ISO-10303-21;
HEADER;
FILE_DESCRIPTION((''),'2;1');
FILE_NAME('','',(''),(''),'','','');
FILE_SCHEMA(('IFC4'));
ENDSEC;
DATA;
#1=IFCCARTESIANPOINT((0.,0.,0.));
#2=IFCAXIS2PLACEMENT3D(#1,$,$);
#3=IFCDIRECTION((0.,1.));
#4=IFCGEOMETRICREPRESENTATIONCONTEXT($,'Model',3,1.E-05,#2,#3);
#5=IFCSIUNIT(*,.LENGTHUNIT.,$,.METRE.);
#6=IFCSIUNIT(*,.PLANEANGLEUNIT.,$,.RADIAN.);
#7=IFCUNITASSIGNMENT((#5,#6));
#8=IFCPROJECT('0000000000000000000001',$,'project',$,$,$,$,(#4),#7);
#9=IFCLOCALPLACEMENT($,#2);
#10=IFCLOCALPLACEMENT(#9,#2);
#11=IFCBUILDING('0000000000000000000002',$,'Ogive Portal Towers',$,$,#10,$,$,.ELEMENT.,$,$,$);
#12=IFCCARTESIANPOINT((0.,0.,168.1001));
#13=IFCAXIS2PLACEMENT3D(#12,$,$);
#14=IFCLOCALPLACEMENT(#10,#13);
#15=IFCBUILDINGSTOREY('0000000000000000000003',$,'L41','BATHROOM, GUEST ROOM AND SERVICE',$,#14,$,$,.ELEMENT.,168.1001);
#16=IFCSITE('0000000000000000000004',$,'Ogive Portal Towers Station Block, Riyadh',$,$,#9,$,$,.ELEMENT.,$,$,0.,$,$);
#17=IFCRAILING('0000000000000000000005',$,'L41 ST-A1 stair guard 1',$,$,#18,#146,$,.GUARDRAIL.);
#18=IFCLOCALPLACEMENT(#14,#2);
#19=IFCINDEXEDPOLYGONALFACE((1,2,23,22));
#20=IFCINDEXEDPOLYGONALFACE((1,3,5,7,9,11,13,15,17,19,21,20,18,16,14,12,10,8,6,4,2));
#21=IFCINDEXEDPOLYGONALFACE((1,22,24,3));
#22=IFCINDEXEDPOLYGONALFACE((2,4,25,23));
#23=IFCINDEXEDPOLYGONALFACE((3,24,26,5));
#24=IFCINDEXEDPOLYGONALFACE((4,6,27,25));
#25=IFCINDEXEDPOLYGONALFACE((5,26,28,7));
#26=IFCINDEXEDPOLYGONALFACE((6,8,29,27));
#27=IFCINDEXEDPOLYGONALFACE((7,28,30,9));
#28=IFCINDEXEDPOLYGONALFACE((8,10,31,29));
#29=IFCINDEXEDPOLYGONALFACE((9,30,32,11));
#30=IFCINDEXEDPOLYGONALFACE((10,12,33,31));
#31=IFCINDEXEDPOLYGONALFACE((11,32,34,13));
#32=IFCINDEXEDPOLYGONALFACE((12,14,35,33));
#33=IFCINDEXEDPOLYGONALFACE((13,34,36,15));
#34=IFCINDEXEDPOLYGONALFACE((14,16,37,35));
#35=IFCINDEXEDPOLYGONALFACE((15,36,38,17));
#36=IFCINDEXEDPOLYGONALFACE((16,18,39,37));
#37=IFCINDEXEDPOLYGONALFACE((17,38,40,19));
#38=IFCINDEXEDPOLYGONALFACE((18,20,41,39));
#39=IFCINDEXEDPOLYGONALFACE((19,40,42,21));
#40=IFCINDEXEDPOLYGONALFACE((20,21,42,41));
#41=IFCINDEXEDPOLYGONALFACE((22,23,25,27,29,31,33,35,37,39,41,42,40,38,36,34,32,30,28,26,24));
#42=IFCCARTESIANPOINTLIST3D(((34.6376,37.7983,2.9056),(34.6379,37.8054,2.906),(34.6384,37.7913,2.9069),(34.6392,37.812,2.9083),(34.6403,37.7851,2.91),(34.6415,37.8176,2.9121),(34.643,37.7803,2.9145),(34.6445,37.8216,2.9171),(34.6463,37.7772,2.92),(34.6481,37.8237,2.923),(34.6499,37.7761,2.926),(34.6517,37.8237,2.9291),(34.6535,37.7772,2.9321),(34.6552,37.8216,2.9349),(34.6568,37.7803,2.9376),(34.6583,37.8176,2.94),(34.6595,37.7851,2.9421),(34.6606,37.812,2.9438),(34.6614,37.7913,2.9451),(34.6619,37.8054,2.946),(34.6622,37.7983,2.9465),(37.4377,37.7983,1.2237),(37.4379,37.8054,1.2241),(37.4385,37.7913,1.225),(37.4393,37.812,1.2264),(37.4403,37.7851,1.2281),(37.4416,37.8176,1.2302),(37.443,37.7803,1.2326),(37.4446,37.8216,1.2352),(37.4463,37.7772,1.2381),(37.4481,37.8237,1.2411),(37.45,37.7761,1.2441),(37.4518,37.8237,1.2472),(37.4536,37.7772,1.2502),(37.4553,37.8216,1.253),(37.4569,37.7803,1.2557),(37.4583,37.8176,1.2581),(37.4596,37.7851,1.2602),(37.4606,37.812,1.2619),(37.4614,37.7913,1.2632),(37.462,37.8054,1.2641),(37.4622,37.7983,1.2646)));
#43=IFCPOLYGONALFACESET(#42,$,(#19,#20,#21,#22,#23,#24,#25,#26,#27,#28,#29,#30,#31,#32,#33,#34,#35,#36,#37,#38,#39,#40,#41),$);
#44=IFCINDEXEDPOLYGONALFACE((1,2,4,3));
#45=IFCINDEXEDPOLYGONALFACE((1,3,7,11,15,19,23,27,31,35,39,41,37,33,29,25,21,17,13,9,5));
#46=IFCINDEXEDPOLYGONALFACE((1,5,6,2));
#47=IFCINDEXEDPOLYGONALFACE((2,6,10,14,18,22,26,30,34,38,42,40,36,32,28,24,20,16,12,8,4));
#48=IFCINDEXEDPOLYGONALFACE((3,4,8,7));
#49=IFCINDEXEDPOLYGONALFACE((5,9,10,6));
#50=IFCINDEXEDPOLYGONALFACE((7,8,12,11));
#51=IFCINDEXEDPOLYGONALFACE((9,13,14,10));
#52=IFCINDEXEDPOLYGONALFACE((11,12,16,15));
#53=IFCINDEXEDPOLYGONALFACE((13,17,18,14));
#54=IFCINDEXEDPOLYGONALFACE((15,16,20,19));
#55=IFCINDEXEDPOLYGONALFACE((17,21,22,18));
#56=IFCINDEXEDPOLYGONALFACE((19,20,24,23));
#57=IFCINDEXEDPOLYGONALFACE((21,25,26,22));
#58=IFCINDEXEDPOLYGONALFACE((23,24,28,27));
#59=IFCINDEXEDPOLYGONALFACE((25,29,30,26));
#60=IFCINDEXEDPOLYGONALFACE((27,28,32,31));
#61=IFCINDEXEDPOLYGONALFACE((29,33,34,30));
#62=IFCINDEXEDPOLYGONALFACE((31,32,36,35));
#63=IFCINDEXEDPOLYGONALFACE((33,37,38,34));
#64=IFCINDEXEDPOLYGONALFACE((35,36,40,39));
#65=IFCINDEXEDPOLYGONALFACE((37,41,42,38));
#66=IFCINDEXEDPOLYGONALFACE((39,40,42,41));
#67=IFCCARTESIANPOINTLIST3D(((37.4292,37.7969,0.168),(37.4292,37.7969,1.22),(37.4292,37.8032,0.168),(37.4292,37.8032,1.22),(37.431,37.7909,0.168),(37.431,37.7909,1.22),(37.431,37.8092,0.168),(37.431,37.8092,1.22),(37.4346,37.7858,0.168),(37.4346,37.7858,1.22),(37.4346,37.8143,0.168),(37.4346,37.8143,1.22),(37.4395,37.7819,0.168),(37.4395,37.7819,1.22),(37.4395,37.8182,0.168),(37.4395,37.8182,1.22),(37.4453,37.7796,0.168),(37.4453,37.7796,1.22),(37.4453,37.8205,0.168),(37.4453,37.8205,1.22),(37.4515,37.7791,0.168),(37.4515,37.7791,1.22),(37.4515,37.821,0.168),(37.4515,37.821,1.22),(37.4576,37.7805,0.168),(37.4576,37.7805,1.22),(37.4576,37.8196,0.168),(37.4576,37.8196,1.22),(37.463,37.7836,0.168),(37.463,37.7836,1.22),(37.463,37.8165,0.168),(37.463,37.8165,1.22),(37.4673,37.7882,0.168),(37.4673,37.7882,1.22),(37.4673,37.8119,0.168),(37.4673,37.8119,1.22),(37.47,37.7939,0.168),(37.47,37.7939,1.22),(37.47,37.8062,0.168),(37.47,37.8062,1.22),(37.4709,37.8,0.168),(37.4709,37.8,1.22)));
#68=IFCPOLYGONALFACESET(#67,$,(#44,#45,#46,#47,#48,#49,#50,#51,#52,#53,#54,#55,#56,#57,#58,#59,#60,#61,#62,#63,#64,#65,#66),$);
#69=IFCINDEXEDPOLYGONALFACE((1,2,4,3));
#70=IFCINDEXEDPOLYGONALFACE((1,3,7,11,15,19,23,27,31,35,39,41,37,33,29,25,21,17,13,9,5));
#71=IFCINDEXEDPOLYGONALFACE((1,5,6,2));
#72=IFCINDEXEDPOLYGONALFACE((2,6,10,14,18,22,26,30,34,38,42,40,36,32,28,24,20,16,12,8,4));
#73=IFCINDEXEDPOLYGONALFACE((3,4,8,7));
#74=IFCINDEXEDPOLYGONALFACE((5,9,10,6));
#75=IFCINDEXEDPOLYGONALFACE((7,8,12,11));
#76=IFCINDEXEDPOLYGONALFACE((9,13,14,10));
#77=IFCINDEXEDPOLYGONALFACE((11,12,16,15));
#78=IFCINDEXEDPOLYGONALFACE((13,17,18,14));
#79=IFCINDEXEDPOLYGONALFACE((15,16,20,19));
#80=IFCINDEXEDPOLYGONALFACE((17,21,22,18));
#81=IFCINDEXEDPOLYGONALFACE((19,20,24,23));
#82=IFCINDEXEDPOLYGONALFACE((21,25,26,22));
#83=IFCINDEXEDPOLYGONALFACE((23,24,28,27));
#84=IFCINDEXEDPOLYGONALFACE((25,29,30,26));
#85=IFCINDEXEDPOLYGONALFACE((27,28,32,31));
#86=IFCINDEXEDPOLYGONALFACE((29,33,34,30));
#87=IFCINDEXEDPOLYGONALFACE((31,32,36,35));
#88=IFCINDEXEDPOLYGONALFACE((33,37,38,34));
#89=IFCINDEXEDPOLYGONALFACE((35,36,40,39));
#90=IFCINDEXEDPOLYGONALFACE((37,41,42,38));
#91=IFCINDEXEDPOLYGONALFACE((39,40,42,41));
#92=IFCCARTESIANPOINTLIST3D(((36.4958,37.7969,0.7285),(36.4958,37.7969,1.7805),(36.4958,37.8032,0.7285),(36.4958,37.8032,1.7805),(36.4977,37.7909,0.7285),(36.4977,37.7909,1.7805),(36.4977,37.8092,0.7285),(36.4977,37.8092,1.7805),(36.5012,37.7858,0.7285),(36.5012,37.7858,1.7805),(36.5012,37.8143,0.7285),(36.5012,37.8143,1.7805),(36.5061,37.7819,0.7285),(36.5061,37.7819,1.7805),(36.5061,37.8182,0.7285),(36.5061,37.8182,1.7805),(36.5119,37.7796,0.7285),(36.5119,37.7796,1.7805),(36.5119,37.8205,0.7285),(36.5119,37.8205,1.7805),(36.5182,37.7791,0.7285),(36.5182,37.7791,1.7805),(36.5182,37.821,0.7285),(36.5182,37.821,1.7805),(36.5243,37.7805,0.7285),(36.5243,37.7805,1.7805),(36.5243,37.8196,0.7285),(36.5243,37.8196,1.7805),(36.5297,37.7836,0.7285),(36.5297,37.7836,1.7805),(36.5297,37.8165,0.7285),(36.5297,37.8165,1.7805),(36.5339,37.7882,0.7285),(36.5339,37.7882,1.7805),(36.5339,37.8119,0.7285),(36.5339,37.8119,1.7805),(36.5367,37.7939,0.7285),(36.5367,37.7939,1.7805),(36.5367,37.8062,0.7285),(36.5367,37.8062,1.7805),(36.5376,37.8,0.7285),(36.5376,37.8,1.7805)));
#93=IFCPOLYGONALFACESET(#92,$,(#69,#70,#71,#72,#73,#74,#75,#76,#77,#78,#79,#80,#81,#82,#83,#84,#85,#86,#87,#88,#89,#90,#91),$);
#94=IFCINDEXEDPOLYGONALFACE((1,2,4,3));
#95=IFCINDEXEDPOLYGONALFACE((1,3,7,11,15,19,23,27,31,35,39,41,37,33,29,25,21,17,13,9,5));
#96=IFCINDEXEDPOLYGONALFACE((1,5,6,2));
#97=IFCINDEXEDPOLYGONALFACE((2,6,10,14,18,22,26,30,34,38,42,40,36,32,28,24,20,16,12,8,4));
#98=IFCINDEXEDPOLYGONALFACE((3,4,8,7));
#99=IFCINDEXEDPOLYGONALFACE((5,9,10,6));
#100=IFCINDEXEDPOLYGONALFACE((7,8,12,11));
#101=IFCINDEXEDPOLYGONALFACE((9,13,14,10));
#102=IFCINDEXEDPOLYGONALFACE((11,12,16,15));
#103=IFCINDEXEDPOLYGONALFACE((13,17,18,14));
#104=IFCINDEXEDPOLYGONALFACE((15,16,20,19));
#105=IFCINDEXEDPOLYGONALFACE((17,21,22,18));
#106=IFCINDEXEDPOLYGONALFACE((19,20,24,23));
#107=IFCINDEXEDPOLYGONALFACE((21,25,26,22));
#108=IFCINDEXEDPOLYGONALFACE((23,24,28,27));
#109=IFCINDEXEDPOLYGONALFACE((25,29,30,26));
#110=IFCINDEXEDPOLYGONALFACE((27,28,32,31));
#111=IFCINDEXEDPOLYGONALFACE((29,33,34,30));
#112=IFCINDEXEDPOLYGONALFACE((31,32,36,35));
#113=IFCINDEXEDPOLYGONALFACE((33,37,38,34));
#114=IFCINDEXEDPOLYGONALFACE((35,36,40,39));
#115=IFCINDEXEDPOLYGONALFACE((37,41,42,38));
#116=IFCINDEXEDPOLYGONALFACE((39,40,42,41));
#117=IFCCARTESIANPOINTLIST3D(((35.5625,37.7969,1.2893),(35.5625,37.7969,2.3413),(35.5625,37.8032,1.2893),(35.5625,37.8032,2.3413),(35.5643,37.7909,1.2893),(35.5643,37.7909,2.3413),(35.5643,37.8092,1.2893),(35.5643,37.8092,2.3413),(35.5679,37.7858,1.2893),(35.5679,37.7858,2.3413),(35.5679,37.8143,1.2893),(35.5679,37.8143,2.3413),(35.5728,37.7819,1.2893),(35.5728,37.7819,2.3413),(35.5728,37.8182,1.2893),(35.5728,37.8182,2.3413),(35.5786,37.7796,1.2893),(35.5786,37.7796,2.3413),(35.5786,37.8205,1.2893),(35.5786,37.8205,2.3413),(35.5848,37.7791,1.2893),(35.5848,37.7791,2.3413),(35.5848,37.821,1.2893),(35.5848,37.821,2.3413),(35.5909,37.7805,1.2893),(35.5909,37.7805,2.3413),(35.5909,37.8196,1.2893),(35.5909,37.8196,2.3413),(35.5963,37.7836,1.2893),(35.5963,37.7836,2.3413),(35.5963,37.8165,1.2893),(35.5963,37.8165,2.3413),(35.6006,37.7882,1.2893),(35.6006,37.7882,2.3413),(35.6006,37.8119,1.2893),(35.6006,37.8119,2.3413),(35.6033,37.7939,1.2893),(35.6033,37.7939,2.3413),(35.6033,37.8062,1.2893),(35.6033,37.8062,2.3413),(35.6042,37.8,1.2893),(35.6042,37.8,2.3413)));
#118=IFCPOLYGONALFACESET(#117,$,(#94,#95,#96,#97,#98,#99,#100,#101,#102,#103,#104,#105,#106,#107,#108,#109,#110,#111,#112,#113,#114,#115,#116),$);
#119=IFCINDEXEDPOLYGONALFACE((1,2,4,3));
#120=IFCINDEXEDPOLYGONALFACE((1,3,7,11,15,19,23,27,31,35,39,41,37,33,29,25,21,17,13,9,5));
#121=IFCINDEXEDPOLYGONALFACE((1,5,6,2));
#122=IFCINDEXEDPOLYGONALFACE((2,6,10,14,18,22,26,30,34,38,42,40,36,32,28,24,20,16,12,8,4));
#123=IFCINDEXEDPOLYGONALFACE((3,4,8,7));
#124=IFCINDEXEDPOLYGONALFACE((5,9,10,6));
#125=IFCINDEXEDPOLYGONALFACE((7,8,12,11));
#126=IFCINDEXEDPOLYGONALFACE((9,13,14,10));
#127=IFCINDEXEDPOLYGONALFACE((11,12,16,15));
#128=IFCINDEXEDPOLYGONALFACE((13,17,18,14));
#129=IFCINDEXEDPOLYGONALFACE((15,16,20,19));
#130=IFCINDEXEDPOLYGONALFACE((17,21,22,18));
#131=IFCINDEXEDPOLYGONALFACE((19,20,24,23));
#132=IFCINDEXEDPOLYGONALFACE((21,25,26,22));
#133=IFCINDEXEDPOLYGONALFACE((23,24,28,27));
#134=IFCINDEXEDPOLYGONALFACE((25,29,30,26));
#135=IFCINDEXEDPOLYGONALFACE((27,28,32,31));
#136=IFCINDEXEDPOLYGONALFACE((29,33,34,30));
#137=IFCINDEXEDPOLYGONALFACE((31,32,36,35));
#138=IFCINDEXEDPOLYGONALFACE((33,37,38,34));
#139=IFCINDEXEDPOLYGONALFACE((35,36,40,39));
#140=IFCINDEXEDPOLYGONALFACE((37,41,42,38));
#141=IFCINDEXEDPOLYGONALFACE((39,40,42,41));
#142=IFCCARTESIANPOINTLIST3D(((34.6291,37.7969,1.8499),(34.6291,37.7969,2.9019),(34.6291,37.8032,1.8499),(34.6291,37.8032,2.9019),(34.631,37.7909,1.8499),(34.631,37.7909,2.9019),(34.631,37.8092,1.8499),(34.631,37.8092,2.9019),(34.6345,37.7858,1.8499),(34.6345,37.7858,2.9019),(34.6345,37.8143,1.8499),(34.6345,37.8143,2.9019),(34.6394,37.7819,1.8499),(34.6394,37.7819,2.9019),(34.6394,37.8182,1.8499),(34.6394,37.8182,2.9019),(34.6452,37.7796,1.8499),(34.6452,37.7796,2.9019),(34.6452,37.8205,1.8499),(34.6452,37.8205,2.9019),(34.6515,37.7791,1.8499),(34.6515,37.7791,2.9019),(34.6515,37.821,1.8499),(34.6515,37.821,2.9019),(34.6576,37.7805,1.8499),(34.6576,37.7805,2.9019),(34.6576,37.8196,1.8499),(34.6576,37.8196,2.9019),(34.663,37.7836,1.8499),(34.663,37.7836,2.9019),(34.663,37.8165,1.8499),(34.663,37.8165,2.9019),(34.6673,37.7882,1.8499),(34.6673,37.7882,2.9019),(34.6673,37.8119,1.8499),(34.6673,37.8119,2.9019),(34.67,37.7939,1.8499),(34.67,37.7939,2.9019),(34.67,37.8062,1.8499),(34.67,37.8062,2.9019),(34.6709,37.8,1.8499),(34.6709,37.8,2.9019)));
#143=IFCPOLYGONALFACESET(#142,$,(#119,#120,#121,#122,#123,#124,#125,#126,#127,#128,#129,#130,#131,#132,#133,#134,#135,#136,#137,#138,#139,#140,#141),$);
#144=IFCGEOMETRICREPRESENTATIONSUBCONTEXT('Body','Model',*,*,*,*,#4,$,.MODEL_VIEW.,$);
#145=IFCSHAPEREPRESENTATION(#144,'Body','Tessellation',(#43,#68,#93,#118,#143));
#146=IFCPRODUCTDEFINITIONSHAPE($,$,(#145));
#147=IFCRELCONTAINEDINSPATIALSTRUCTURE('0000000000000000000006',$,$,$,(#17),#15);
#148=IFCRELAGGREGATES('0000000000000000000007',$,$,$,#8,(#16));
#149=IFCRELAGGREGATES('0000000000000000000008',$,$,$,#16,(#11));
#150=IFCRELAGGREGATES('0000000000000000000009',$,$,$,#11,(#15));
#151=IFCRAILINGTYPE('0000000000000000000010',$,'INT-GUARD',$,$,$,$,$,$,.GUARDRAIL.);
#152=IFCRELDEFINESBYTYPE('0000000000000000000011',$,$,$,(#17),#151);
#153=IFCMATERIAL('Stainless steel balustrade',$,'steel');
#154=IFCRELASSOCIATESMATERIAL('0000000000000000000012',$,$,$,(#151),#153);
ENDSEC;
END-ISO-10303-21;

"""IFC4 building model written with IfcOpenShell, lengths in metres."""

from ifc_helpers import new_model, si_unit, direction, frame, origin, origin_2d, place, context, subcontext, project, spatial, circle, extrude, material, type_object, element, save


model = new_model("IFC4")

# Units and contexts
model_context = context("Model", 3, precision=1e-05, world=origin(), true_north=direction((0.0, 1.0)))
body_context = subcontext(model_context, "Body", "Model", "MODEL_VIEW")
ifc_project = project(units=[si_unit("LENGTHUNIT", "METRE"), si_unit("PLANEANGLEUNIT", "RADIAN")], contexts=[model_context])

# Site, building, storey
site_placement = place(None, origin())
site = spatial("IfcSite", under=ifc_project, at=site_placement, Name="Ogive Portal Towers Station Block, Riyadh", CompositionType="ELEMENT", RefElevation=0.0)
building_placement = place(site_placement, origin())
building = spatial("IfcBuilding", under=site, at=building_placement, Name="Ogive Portal Towers", CompositionType="ELEMENT")
storey_placement = place(building_placement, frame((0.0, 0.0, 168.1001)))
storey = spatial("IfcBuildingStorey", under=building, at=storey_placement, Name="L41", Description="BATHROOM, GUEST ROOM AND SERVICE", CompositionType="ELEMENT", Elevation=168.1001)

# Railing
ifc_material_1 = material(Name="Stainless steel balustrade", Category="steel")
railing_type_1 = type_object("IfcRailingType", Name="INT-GUARD", PredefinedType="GUARDRAIL", material=ifc_material_1)
railing_1_placement = place(storey_placement, frame((37.45, 37.8, 0.168)))
element("IfcRailing", 1, at=railing_1_placement, inside=storey, type_object=railing_type_1, Name="L41 ST-A1 stair guard 1", PredefinedType="GUARDRAIL", context=body_context, shape_type="SweptSolid", body=[
    extrude(circle(Radius=0.0239, at=origin_2d()), frame((0.0, 0.0, 1.0762), z_axis=(-0.857242, 0.0, 0.514913), x_axis=(0.0, -1.0, 0.0)), (0.0, 0.0, 1.0), 3.2664),
    extrude(circle(Radius=0.021, at=origin_2d()), origin(), (0.0, 0.0, 1.0), 1.052),
    extrude(circle(Radius=0.021, at=origin_2d()), frame((-0.9333, 0.0, 0.5605)), (0.0, 0.0, 1.0), 1.052),
    extrude(circle(Radius=0.021, at=origin_2d()), frame((-1.8667, 0.0, 1.1213)), (0.0, 0.0, 1.0), 1.052),
    extrude(circle(Radius=0.021, at=origin_2d()), frame((-2.8, 0.0, 1.6819)), (0.0, 0.0, 1.0), 1.052),
])

save(model, "model.ifc")
